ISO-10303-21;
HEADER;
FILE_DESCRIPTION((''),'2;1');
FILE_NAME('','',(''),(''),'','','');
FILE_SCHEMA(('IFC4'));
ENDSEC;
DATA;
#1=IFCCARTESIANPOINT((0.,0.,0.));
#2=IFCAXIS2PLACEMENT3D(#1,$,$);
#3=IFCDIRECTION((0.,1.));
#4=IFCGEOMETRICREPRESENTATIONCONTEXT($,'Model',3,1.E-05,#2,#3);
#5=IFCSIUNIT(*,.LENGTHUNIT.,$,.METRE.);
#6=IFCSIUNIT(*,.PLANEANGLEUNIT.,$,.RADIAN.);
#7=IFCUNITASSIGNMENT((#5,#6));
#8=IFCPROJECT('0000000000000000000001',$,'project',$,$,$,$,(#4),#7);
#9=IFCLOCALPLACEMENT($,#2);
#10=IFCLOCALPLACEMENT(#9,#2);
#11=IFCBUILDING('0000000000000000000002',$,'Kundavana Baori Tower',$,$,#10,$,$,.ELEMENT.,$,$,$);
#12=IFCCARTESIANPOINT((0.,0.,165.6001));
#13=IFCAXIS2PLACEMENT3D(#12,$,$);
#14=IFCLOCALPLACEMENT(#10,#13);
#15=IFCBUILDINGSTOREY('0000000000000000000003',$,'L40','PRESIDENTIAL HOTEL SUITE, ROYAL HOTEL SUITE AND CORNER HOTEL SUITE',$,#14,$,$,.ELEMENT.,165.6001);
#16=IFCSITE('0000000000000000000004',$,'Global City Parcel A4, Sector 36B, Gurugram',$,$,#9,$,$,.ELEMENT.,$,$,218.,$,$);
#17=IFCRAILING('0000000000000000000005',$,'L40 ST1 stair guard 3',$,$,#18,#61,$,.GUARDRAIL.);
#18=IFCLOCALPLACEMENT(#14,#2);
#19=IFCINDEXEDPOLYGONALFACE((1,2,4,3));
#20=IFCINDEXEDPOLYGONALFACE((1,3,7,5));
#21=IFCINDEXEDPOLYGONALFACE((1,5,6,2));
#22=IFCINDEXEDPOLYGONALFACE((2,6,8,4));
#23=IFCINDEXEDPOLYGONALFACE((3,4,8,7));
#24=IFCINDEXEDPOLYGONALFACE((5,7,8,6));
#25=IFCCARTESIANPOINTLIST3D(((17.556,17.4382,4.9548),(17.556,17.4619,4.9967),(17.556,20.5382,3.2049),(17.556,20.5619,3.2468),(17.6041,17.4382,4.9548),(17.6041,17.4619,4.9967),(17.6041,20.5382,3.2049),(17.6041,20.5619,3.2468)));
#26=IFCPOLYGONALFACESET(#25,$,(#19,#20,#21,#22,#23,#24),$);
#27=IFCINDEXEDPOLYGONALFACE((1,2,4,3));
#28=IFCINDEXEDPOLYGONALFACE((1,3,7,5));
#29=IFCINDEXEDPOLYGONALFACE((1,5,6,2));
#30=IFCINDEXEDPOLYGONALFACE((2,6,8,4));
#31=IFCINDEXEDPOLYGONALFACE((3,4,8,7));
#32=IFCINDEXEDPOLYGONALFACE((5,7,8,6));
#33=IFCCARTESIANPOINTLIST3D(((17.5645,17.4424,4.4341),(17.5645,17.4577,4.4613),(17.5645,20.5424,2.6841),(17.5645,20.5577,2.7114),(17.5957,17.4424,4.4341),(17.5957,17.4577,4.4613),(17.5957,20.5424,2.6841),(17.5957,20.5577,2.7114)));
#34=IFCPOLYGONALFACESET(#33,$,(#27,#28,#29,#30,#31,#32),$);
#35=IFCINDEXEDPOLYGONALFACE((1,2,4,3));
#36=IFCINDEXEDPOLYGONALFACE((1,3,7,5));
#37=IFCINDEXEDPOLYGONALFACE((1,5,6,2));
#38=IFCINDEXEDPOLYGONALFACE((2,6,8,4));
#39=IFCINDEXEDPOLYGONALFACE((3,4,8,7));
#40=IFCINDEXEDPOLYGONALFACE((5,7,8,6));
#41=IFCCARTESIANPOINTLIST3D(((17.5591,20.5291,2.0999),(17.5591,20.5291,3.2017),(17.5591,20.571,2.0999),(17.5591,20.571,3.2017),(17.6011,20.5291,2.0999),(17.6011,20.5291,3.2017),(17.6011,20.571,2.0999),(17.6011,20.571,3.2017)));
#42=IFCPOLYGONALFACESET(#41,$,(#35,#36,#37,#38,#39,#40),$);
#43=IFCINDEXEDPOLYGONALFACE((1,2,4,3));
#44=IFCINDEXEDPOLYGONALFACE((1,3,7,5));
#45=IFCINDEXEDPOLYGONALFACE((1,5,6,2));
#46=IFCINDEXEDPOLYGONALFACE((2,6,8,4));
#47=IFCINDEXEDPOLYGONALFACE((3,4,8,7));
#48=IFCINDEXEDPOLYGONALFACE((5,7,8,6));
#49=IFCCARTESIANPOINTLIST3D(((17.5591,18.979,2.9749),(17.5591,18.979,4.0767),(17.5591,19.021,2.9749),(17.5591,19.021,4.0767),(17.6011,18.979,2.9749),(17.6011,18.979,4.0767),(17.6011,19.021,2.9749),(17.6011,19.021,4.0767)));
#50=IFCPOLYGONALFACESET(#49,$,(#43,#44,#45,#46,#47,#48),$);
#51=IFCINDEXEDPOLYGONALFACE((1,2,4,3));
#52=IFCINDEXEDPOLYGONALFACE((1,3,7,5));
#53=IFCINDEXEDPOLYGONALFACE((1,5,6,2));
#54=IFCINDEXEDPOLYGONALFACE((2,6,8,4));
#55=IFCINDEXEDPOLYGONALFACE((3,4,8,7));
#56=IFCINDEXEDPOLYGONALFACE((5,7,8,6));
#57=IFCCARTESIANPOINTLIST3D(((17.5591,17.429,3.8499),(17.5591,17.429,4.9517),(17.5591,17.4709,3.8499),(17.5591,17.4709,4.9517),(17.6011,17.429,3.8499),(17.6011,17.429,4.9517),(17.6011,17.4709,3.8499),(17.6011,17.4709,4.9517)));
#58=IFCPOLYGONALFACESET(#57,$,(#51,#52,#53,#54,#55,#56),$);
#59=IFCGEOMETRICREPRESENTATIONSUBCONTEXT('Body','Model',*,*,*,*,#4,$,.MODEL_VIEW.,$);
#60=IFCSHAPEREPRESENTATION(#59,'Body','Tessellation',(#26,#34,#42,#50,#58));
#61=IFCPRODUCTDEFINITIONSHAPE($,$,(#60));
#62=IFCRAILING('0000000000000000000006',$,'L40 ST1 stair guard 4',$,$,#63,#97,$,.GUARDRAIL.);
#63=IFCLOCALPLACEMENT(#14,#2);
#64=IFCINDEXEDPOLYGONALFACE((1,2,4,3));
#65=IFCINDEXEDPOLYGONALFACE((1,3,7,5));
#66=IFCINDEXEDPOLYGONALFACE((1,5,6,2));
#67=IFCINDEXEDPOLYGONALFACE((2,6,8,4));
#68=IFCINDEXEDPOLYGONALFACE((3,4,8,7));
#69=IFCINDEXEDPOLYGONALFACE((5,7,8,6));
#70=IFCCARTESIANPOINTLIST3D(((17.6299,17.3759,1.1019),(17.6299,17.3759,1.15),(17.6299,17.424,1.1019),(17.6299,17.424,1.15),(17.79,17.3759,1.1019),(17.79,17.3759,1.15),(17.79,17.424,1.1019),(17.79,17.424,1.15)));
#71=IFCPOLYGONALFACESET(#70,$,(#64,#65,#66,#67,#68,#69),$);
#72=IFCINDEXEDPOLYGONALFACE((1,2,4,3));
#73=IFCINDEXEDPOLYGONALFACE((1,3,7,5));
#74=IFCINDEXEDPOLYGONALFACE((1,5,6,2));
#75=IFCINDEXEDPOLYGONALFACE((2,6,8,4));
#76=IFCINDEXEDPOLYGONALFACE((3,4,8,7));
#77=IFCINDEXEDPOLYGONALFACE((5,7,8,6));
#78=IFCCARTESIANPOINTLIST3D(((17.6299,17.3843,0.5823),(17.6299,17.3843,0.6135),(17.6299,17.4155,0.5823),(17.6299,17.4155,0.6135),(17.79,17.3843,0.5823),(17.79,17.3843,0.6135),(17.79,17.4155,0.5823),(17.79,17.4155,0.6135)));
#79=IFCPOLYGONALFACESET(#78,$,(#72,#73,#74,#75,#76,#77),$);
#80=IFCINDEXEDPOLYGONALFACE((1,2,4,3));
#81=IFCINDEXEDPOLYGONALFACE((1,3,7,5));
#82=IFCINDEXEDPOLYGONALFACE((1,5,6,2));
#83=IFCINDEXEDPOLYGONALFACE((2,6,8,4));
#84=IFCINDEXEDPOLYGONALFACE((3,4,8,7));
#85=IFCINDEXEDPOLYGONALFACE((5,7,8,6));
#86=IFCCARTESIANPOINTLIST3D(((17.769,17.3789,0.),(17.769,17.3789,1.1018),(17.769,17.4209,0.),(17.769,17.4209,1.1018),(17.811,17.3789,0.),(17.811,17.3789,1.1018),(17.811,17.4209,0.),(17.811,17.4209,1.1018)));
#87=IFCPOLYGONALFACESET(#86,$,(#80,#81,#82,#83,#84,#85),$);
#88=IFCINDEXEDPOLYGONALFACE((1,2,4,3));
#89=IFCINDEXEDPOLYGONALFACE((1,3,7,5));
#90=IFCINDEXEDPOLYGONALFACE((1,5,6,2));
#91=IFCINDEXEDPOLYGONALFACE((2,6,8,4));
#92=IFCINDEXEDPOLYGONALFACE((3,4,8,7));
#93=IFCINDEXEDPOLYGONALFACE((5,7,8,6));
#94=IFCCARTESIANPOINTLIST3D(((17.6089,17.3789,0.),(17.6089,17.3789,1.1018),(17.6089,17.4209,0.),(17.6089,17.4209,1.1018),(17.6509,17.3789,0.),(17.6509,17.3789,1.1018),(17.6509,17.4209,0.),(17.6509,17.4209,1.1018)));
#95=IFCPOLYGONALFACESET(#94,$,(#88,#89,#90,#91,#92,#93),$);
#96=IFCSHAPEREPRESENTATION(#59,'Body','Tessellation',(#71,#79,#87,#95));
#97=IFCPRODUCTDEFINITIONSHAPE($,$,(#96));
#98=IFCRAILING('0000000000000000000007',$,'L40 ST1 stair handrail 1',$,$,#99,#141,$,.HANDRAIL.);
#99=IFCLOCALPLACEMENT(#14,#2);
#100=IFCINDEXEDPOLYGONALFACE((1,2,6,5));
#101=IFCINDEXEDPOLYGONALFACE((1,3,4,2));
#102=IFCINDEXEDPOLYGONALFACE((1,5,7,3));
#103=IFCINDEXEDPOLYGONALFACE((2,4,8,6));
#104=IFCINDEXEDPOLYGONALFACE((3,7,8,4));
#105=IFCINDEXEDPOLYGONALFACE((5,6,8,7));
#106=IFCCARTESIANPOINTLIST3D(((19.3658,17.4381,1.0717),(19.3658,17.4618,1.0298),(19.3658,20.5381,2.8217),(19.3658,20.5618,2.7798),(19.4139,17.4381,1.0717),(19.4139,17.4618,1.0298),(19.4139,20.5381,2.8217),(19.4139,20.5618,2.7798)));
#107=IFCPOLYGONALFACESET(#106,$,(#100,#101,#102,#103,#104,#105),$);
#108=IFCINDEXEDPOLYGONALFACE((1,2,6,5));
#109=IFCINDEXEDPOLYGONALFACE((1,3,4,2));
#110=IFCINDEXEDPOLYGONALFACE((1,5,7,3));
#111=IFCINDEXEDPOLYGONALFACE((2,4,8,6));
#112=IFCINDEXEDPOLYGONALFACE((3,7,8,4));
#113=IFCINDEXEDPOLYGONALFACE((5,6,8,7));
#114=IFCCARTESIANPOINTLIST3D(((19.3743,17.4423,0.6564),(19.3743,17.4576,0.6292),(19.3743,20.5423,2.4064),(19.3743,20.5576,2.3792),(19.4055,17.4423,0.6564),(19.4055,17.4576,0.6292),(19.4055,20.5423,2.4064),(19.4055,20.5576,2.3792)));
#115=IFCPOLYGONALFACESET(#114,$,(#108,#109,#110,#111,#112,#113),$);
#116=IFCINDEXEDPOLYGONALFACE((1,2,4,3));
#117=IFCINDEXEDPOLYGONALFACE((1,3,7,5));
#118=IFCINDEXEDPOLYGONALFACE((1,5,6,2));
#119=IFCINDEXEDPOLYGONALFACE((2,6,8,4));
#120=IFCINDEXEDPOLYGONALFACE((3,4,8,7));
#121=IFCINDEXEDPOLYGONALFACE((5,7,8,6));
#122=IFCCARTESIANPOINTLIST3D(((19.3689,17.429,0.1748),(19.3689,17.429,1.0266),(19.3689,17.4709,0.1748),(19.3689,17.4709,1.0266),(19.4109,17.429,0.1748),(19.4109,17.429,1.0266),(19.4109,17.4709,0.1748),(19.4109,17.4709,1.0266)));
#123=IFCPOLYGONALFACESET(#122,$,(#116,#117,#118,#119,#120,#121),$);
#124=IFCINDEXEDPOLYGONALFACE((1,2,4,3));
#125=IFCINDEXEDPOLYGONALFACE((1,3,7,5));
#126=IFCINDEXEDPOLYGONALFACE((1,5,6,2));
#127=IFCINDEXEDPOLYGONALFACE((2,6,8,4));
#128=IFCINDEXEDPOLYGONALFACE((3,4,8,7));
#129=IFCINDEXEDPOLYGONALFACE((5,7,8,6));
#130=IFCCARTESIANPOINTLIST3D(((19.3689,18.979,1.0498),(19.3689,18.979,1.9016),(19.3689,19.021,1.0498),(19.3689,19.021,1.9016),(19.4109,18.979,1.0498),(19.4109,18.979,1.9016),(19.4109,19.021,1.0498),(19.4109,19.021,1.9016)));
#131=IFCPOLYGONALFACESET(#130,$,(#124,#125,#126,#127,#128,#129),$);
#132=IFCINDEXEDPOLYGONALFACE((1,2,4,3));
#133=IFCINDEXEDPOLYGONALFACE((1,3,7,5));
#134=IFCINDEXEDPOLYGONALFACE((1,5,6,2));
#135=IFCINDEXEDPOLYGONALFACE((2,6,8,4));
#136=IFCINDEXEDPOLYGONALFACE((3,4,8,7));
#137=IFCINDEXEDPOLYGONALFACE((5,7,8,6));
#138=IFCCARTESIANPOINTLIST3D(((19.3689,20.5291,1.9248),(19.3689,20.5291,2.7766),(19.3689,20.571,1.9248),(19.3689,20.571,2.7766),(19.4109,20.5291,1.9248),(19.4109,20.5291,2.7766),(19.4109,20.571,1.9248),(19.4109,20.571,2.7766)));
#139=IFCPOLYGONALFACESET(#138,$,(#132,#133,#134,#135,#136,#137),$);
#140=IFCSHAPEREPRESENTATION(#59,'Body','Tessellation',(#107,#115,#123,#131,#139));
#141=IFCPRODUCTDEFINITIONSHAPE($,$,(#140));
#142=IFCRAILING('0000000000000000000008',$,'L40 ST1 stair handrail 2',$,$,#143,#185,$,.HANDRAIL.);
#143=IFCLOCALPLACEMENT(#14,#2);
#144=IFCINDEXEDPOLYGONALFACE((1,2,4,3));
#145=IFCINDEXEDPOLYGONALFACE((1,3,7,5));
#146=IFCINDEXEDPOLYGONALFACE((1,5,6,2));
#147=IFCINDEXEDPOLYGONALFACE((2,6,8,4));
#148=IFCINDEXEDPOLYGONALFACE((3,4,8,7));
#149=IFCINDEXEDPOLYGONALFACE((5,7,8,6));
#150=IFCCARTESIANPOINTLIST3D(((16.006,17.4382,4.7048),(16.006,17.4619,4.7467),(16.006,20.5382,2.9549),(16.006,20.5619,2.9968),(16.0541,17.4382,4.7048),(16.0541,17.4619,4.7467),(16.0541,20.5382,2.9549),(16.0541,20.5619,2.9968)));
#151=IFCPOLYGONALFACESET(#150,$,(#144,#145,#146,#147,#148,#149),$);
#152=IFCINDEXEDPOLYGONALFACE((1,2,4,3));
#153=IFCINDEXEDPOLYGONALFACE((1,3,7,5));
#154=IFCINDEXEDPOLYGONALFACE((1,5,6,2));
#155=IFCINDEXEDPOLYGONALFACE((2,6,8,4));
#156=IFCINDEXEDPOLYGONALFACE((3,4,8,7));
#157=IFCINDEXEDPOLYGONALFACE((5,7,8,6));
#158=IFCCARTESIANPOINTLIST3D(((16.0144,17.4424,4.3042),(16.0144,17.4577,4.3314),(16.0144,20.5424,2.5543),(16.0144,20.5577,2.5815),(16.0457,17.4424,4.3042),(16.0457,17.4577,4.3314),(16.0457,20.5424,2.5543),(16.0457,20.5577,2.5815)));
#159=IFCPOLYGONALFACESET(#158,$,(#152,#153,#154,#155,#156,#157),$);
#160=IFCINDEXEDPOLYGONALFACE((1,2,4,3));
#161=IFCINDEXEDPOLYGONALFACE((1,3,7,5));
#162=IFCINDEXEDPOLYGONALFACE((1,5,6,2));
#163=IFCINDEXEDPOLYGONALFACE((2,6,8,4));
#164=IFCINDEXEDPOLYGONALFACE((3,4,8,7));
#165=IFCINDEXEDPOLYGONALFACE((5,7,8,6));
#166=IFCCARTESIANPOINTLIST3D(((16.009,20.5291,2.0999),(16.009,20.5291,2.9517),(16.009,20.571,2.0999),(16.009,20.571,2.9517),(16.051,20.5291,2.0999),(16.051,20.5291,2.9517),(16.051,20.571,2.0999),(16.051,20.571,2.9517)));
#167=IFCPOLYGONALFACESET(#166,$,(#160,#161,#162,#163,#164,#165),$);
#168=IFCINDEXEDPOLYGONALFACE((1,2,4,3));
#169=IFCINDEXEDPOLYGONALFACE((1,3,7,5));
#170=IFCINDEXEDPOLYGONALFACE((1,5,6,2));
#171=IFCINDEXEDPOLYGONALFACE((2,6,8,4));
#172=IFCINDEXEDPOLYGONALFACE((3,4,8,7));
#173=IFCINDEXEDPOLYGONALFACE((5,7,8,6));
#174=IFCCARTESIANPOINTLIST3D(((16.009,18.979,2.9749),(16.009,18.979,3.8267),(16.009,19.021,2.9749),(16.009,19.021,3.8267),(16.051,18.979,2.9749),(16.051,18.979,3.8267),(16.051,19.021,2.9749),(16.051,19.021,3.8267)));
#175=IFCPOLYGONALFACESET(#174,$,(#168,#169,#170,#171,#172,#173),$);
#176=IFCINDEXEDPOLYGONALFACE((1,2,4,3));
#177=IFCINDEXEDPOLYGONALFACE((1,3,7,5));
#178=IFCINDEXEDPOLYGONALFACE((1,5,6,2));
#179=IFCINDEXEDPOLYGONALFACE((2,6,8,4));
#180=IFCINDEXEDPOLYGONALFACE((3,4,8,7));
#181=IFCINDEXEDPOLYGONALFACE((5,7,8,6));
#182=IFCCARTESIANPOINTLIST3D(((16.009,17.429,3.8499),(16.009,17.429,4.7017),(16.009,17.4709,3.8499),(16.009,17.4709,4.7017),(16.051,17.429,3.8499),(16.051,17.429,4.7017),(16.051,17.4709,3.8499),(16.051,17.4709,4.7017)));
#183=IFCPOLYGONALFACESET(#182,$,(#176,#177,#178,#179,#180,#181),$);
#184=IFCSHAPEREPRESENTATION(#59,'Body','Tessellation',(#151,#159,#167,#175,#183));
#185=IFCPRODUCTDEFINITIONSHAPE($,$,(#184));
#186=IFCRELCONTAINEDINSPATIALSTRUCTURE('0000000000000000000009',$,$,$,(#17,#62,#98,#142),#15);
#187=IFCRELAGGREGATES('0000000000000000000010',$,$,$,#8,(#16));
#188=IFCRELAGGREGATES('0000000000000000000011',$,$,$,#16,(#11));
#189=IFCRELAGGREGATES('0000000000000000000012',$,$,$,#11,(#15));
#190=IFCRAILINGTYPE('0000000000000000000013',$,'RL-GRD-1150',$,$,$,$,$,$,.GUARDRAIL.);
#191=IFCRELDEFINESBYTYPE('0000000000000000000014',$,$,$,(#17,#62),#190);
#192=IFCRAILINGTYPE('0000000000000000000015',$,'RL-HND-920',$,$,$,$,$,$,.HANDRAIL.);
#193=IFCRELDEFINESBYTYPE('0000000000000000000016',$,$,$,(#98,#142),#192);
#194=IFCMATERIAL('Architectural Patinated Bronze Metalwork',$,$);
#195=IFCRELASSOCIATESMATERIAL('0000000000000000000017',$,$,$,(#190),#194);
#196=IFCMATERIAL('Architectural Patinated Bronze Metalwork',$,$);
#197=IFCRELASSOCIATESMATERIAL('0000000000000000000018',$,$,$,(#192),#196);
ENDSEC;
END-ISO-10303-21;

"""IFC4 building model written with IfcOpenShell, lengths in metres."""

from ifc_helpers import new_model, si_unit, direction, frame, origin, origin_2d, place, context, subcontext, project, spatial, rectangle, extrude, material, type_object, element, save


model = new_model("IFC4")

# Units and contexts
model_context = context("Model", 3, precision=1e-05, world=origin(), true_north=direction((0.0, 1.0)))
body_context = subcontext(model_context, "Body", "Model", "MODEL_VIEW")
ifc_project = project(units=[si_unit("LENGTHUNIT", "METRE"), si_unit("PLANEANGLEUNIT", "RADIAN")], contexts=[model_context])

# Site, building, storey
site_placement = place(None, origin())
site = spatial("IfcSite", under=ifc_project, at=site_placement, Name="Global City Parcel A4, Sector 36B, Gurugram", CompositionType="ELEMENT", RefElevation=218.0)
building_placement = place(site_placement, origin())
building = spatial("IfcBuilding", under=site, at=building_placement, Name="Kundavana Baori Tower", CompositionType="ELEMENT")
storey_placement = place(building_placement, frame((0.0, 0.0, 165.6001)))
storey = spatial("IfcBuildingStorey", under=building, at=storey_placement, Name="L40", Description="PRESIDENTIAL HOTEL SUITE, ROYAL HOTEL SUITE AND CORNER HOTEL SUITE", CompositionType="ELEMENT", Elevation=165.6001)

# Railings
ifc_material_1 = material(Name="Architectural Patinated Bronze Metalwork")
railing_type_1 = type_object("IfcRailingType", Name="RL-GRD-1150", PredefinedType="GUARDRAIL", material=ifc_material_1)
railing_1_placement = place(storey_placement, frame((17.5801, 20.55, 2.0999)))
element("IfcRailing", 1, at=railing_1_placement, inside=storey, type_object=railing_type_1, Name="L40 ST1 stair guard 3", PredefinedType="GUARDRAIL", context=body_context, shape_type="SweptSolid", body=[
    extrude(rectangle(XDim=0.0481, YDim=0.0481, at=origin_2d()), frame((0.0, 0.0, 1.126), z_axis=(0.0, -0.870831, 0.491583), x_axis=(1.0, 0.0, 0.0)), (0.0, 0.0, 1.0), 3.5598),
    extrude(rectangle(XDim=0.0312, YDim=0.0312, at=origin_2d()), frame((0.0, 0.0, 0.5979), z_axis=(0.0, -0.870831, 0.491583), x_axis=(1.0, 0.0, 0.0)), (0.0, 0.0, 1.0), 3.5598),
    extrude(rectangle(XDim=0.042, YDim=0.042, at=origin_2d()), origin(), (0.0, 0.0, 1.0), 1.1018),
    extrude(rectangle(XDim=0.042, YDim=0.042, at=origin_2d()), frame((0.0, -1.55, 0.875)), (0.0, 0.0, 1.0), 1.1018),
    extrude(rectangle(XDim=0.042, YDim=0.042, at=origin_2d()), frame((0.0, -3.1001, 1.75)), (0.0, 0.0, 1.0), 1.1018),
])
railing_2_placement = place(storey_placement, frame((17.79, 17.3999, 0.0)))
element("IfcRailing", 2, at=railing_2_placement, inside=storey, type_object=railing_type_1, Name="L40 ST1 stair guard 4", PredefinedType="GUARDRAIL", context=body_context, shape_type="SweptSolid", body=[
    extrude(rectangle(XDim=0.0481, YDim=0.0481, at=origin_2d()), frame((0.0, 0.0, 1.126), z_axis=(-1.0, 0.0, 0.0), x_axis=(0.0, -1.0, 0.0)), (0.0, 0.0, 1.0), 0.1602),
    extrude(rectangle(XDim=0.0312, YDim=0.0312, at=origin_2d()), frame((0.0, 0.0, 0.5979), z_axis=(-1.0, 0.0, 0.0), x_axis=(0.0, -1.0, 0.0)), (0.0, 0.0, 1.0), 0.1602),
    extrude(rectangle(XDim=0.042, YDim=0.042, at=origin_2d()), origin(), (0.0, 0.0, 1.0), 1.1018),
    extrude(rectangle(XDim=0.042, YDim=0.042, at=origin_2d()), frame((-0.1602, 0.0, 0.0)), (0.0, 0.0, 1.0), 1.1018),
])
ifc_material_2 = material(Name="Architectural Patinated Bronze Metalwork")
railing_type_2 = type_object("IfcRailingType", Name="RL-HND-920", PredefinedType="HANDRAIL", material=ifc_material_2)
railing_3_placement = place(storey_placement, frame((19.3899, 17.45, 0.1748)))
element("IfcRailing", 3, at=railing_3_placement, inside=storey, type_object=railing_type_2, Name="L40 ST1 stair handrail 1", PredefinedType="HANDRAIL", context=body_context, shape_type="SweptSolid", body=[
    extrude(rectangle(XDim=0.0481, YDim=0.0481, at=origin_2d()), frame((0.0, 0.0, 0.876), z_axis=(0.0, 0.870831, 0.491583), x_axis=(-1.0, 0.0, 0.0)), (0.0, 0.0, 1.0), 3.5598),
    extrude(rectangle(XDim=0.0312, YDim=0.0312, at=origin_2d()), frame((0.0, 0.0, 0.468), z_axis=(0.0, 0.870831, 0.491583), x_axis=(-1.0, 0.0, 0.0)), (0.0, 0.0, 1.0), 3.5598),
    extrude(rectangle(XDim=0.042, YDim=0.042, at=origin_2d()), origin(), (0.0, 0.0, 1.0), 0.8518),
    extrude(rectangle(XDim=0.042, YDim=0.042, at=origin_2d()), frame((0.0, 1.55, 0.875)), (0.0, 0.0, 1.0), 0.8518),
    extrude(rectangle(XDim=0.042, YDim=0.042, at=origin_2d()), frame((0.0, 3.1001, 1.75)), (0.0, 0.0, 1.0), 0.8518),
])
railing_4_placement = place(storey_placement, frame((16.03, 20.55, 2.0999)))
element("IfcRailing", 4, at=railing_4_placement, inside=storey, type_object=railing_type_2, Name="L40 ST1 stair handrail 2", PredefinedType="HANDRAIL", context=body_context, shape_type="SweptSolid", body=[
    extrude(rectangle(XDim=0.0481, YDim=0.0481, at=origin_2d()), frame((0.0, 0.0, 0.876), z_axis=(0.0, -0.870831, 0.491583), x_axis=(1.0, 0.0, 0.0)), (0.0, 0.0, 1.0), 3.5598),
    extrude(rectangle(XDim=0.0312, YDim=0.0312, at=origin_2d()), frame((0.0, 0.0, 0.468), z_axis=(0.0, -0.870831, 0.491583), x_axis=(1.0, 0.0, 0.0)), (0.0, 0.0, 1.0), 3.5598),
    extrude(rectangle(XDim=0.042, YDim=0.042, at=origin_2d()), origin(), (0.0, 0.0, 1.0), 0.8518),
    extrude(rectangle(XDim=0.042, YDim=0.042, at=origin_2d()), frame((0.0, -1.55, 0.875)), (0.0, 0.0, 1.0), 0.8518),
    extrude(rectangle(XDim=0.042, YDim=0.042, at=origin_2d()), frame((0.0, -3.1001, 1.75)), (0.0, 0.0, 1.0), 0.8518),
])

save(model, "model.ifc")
